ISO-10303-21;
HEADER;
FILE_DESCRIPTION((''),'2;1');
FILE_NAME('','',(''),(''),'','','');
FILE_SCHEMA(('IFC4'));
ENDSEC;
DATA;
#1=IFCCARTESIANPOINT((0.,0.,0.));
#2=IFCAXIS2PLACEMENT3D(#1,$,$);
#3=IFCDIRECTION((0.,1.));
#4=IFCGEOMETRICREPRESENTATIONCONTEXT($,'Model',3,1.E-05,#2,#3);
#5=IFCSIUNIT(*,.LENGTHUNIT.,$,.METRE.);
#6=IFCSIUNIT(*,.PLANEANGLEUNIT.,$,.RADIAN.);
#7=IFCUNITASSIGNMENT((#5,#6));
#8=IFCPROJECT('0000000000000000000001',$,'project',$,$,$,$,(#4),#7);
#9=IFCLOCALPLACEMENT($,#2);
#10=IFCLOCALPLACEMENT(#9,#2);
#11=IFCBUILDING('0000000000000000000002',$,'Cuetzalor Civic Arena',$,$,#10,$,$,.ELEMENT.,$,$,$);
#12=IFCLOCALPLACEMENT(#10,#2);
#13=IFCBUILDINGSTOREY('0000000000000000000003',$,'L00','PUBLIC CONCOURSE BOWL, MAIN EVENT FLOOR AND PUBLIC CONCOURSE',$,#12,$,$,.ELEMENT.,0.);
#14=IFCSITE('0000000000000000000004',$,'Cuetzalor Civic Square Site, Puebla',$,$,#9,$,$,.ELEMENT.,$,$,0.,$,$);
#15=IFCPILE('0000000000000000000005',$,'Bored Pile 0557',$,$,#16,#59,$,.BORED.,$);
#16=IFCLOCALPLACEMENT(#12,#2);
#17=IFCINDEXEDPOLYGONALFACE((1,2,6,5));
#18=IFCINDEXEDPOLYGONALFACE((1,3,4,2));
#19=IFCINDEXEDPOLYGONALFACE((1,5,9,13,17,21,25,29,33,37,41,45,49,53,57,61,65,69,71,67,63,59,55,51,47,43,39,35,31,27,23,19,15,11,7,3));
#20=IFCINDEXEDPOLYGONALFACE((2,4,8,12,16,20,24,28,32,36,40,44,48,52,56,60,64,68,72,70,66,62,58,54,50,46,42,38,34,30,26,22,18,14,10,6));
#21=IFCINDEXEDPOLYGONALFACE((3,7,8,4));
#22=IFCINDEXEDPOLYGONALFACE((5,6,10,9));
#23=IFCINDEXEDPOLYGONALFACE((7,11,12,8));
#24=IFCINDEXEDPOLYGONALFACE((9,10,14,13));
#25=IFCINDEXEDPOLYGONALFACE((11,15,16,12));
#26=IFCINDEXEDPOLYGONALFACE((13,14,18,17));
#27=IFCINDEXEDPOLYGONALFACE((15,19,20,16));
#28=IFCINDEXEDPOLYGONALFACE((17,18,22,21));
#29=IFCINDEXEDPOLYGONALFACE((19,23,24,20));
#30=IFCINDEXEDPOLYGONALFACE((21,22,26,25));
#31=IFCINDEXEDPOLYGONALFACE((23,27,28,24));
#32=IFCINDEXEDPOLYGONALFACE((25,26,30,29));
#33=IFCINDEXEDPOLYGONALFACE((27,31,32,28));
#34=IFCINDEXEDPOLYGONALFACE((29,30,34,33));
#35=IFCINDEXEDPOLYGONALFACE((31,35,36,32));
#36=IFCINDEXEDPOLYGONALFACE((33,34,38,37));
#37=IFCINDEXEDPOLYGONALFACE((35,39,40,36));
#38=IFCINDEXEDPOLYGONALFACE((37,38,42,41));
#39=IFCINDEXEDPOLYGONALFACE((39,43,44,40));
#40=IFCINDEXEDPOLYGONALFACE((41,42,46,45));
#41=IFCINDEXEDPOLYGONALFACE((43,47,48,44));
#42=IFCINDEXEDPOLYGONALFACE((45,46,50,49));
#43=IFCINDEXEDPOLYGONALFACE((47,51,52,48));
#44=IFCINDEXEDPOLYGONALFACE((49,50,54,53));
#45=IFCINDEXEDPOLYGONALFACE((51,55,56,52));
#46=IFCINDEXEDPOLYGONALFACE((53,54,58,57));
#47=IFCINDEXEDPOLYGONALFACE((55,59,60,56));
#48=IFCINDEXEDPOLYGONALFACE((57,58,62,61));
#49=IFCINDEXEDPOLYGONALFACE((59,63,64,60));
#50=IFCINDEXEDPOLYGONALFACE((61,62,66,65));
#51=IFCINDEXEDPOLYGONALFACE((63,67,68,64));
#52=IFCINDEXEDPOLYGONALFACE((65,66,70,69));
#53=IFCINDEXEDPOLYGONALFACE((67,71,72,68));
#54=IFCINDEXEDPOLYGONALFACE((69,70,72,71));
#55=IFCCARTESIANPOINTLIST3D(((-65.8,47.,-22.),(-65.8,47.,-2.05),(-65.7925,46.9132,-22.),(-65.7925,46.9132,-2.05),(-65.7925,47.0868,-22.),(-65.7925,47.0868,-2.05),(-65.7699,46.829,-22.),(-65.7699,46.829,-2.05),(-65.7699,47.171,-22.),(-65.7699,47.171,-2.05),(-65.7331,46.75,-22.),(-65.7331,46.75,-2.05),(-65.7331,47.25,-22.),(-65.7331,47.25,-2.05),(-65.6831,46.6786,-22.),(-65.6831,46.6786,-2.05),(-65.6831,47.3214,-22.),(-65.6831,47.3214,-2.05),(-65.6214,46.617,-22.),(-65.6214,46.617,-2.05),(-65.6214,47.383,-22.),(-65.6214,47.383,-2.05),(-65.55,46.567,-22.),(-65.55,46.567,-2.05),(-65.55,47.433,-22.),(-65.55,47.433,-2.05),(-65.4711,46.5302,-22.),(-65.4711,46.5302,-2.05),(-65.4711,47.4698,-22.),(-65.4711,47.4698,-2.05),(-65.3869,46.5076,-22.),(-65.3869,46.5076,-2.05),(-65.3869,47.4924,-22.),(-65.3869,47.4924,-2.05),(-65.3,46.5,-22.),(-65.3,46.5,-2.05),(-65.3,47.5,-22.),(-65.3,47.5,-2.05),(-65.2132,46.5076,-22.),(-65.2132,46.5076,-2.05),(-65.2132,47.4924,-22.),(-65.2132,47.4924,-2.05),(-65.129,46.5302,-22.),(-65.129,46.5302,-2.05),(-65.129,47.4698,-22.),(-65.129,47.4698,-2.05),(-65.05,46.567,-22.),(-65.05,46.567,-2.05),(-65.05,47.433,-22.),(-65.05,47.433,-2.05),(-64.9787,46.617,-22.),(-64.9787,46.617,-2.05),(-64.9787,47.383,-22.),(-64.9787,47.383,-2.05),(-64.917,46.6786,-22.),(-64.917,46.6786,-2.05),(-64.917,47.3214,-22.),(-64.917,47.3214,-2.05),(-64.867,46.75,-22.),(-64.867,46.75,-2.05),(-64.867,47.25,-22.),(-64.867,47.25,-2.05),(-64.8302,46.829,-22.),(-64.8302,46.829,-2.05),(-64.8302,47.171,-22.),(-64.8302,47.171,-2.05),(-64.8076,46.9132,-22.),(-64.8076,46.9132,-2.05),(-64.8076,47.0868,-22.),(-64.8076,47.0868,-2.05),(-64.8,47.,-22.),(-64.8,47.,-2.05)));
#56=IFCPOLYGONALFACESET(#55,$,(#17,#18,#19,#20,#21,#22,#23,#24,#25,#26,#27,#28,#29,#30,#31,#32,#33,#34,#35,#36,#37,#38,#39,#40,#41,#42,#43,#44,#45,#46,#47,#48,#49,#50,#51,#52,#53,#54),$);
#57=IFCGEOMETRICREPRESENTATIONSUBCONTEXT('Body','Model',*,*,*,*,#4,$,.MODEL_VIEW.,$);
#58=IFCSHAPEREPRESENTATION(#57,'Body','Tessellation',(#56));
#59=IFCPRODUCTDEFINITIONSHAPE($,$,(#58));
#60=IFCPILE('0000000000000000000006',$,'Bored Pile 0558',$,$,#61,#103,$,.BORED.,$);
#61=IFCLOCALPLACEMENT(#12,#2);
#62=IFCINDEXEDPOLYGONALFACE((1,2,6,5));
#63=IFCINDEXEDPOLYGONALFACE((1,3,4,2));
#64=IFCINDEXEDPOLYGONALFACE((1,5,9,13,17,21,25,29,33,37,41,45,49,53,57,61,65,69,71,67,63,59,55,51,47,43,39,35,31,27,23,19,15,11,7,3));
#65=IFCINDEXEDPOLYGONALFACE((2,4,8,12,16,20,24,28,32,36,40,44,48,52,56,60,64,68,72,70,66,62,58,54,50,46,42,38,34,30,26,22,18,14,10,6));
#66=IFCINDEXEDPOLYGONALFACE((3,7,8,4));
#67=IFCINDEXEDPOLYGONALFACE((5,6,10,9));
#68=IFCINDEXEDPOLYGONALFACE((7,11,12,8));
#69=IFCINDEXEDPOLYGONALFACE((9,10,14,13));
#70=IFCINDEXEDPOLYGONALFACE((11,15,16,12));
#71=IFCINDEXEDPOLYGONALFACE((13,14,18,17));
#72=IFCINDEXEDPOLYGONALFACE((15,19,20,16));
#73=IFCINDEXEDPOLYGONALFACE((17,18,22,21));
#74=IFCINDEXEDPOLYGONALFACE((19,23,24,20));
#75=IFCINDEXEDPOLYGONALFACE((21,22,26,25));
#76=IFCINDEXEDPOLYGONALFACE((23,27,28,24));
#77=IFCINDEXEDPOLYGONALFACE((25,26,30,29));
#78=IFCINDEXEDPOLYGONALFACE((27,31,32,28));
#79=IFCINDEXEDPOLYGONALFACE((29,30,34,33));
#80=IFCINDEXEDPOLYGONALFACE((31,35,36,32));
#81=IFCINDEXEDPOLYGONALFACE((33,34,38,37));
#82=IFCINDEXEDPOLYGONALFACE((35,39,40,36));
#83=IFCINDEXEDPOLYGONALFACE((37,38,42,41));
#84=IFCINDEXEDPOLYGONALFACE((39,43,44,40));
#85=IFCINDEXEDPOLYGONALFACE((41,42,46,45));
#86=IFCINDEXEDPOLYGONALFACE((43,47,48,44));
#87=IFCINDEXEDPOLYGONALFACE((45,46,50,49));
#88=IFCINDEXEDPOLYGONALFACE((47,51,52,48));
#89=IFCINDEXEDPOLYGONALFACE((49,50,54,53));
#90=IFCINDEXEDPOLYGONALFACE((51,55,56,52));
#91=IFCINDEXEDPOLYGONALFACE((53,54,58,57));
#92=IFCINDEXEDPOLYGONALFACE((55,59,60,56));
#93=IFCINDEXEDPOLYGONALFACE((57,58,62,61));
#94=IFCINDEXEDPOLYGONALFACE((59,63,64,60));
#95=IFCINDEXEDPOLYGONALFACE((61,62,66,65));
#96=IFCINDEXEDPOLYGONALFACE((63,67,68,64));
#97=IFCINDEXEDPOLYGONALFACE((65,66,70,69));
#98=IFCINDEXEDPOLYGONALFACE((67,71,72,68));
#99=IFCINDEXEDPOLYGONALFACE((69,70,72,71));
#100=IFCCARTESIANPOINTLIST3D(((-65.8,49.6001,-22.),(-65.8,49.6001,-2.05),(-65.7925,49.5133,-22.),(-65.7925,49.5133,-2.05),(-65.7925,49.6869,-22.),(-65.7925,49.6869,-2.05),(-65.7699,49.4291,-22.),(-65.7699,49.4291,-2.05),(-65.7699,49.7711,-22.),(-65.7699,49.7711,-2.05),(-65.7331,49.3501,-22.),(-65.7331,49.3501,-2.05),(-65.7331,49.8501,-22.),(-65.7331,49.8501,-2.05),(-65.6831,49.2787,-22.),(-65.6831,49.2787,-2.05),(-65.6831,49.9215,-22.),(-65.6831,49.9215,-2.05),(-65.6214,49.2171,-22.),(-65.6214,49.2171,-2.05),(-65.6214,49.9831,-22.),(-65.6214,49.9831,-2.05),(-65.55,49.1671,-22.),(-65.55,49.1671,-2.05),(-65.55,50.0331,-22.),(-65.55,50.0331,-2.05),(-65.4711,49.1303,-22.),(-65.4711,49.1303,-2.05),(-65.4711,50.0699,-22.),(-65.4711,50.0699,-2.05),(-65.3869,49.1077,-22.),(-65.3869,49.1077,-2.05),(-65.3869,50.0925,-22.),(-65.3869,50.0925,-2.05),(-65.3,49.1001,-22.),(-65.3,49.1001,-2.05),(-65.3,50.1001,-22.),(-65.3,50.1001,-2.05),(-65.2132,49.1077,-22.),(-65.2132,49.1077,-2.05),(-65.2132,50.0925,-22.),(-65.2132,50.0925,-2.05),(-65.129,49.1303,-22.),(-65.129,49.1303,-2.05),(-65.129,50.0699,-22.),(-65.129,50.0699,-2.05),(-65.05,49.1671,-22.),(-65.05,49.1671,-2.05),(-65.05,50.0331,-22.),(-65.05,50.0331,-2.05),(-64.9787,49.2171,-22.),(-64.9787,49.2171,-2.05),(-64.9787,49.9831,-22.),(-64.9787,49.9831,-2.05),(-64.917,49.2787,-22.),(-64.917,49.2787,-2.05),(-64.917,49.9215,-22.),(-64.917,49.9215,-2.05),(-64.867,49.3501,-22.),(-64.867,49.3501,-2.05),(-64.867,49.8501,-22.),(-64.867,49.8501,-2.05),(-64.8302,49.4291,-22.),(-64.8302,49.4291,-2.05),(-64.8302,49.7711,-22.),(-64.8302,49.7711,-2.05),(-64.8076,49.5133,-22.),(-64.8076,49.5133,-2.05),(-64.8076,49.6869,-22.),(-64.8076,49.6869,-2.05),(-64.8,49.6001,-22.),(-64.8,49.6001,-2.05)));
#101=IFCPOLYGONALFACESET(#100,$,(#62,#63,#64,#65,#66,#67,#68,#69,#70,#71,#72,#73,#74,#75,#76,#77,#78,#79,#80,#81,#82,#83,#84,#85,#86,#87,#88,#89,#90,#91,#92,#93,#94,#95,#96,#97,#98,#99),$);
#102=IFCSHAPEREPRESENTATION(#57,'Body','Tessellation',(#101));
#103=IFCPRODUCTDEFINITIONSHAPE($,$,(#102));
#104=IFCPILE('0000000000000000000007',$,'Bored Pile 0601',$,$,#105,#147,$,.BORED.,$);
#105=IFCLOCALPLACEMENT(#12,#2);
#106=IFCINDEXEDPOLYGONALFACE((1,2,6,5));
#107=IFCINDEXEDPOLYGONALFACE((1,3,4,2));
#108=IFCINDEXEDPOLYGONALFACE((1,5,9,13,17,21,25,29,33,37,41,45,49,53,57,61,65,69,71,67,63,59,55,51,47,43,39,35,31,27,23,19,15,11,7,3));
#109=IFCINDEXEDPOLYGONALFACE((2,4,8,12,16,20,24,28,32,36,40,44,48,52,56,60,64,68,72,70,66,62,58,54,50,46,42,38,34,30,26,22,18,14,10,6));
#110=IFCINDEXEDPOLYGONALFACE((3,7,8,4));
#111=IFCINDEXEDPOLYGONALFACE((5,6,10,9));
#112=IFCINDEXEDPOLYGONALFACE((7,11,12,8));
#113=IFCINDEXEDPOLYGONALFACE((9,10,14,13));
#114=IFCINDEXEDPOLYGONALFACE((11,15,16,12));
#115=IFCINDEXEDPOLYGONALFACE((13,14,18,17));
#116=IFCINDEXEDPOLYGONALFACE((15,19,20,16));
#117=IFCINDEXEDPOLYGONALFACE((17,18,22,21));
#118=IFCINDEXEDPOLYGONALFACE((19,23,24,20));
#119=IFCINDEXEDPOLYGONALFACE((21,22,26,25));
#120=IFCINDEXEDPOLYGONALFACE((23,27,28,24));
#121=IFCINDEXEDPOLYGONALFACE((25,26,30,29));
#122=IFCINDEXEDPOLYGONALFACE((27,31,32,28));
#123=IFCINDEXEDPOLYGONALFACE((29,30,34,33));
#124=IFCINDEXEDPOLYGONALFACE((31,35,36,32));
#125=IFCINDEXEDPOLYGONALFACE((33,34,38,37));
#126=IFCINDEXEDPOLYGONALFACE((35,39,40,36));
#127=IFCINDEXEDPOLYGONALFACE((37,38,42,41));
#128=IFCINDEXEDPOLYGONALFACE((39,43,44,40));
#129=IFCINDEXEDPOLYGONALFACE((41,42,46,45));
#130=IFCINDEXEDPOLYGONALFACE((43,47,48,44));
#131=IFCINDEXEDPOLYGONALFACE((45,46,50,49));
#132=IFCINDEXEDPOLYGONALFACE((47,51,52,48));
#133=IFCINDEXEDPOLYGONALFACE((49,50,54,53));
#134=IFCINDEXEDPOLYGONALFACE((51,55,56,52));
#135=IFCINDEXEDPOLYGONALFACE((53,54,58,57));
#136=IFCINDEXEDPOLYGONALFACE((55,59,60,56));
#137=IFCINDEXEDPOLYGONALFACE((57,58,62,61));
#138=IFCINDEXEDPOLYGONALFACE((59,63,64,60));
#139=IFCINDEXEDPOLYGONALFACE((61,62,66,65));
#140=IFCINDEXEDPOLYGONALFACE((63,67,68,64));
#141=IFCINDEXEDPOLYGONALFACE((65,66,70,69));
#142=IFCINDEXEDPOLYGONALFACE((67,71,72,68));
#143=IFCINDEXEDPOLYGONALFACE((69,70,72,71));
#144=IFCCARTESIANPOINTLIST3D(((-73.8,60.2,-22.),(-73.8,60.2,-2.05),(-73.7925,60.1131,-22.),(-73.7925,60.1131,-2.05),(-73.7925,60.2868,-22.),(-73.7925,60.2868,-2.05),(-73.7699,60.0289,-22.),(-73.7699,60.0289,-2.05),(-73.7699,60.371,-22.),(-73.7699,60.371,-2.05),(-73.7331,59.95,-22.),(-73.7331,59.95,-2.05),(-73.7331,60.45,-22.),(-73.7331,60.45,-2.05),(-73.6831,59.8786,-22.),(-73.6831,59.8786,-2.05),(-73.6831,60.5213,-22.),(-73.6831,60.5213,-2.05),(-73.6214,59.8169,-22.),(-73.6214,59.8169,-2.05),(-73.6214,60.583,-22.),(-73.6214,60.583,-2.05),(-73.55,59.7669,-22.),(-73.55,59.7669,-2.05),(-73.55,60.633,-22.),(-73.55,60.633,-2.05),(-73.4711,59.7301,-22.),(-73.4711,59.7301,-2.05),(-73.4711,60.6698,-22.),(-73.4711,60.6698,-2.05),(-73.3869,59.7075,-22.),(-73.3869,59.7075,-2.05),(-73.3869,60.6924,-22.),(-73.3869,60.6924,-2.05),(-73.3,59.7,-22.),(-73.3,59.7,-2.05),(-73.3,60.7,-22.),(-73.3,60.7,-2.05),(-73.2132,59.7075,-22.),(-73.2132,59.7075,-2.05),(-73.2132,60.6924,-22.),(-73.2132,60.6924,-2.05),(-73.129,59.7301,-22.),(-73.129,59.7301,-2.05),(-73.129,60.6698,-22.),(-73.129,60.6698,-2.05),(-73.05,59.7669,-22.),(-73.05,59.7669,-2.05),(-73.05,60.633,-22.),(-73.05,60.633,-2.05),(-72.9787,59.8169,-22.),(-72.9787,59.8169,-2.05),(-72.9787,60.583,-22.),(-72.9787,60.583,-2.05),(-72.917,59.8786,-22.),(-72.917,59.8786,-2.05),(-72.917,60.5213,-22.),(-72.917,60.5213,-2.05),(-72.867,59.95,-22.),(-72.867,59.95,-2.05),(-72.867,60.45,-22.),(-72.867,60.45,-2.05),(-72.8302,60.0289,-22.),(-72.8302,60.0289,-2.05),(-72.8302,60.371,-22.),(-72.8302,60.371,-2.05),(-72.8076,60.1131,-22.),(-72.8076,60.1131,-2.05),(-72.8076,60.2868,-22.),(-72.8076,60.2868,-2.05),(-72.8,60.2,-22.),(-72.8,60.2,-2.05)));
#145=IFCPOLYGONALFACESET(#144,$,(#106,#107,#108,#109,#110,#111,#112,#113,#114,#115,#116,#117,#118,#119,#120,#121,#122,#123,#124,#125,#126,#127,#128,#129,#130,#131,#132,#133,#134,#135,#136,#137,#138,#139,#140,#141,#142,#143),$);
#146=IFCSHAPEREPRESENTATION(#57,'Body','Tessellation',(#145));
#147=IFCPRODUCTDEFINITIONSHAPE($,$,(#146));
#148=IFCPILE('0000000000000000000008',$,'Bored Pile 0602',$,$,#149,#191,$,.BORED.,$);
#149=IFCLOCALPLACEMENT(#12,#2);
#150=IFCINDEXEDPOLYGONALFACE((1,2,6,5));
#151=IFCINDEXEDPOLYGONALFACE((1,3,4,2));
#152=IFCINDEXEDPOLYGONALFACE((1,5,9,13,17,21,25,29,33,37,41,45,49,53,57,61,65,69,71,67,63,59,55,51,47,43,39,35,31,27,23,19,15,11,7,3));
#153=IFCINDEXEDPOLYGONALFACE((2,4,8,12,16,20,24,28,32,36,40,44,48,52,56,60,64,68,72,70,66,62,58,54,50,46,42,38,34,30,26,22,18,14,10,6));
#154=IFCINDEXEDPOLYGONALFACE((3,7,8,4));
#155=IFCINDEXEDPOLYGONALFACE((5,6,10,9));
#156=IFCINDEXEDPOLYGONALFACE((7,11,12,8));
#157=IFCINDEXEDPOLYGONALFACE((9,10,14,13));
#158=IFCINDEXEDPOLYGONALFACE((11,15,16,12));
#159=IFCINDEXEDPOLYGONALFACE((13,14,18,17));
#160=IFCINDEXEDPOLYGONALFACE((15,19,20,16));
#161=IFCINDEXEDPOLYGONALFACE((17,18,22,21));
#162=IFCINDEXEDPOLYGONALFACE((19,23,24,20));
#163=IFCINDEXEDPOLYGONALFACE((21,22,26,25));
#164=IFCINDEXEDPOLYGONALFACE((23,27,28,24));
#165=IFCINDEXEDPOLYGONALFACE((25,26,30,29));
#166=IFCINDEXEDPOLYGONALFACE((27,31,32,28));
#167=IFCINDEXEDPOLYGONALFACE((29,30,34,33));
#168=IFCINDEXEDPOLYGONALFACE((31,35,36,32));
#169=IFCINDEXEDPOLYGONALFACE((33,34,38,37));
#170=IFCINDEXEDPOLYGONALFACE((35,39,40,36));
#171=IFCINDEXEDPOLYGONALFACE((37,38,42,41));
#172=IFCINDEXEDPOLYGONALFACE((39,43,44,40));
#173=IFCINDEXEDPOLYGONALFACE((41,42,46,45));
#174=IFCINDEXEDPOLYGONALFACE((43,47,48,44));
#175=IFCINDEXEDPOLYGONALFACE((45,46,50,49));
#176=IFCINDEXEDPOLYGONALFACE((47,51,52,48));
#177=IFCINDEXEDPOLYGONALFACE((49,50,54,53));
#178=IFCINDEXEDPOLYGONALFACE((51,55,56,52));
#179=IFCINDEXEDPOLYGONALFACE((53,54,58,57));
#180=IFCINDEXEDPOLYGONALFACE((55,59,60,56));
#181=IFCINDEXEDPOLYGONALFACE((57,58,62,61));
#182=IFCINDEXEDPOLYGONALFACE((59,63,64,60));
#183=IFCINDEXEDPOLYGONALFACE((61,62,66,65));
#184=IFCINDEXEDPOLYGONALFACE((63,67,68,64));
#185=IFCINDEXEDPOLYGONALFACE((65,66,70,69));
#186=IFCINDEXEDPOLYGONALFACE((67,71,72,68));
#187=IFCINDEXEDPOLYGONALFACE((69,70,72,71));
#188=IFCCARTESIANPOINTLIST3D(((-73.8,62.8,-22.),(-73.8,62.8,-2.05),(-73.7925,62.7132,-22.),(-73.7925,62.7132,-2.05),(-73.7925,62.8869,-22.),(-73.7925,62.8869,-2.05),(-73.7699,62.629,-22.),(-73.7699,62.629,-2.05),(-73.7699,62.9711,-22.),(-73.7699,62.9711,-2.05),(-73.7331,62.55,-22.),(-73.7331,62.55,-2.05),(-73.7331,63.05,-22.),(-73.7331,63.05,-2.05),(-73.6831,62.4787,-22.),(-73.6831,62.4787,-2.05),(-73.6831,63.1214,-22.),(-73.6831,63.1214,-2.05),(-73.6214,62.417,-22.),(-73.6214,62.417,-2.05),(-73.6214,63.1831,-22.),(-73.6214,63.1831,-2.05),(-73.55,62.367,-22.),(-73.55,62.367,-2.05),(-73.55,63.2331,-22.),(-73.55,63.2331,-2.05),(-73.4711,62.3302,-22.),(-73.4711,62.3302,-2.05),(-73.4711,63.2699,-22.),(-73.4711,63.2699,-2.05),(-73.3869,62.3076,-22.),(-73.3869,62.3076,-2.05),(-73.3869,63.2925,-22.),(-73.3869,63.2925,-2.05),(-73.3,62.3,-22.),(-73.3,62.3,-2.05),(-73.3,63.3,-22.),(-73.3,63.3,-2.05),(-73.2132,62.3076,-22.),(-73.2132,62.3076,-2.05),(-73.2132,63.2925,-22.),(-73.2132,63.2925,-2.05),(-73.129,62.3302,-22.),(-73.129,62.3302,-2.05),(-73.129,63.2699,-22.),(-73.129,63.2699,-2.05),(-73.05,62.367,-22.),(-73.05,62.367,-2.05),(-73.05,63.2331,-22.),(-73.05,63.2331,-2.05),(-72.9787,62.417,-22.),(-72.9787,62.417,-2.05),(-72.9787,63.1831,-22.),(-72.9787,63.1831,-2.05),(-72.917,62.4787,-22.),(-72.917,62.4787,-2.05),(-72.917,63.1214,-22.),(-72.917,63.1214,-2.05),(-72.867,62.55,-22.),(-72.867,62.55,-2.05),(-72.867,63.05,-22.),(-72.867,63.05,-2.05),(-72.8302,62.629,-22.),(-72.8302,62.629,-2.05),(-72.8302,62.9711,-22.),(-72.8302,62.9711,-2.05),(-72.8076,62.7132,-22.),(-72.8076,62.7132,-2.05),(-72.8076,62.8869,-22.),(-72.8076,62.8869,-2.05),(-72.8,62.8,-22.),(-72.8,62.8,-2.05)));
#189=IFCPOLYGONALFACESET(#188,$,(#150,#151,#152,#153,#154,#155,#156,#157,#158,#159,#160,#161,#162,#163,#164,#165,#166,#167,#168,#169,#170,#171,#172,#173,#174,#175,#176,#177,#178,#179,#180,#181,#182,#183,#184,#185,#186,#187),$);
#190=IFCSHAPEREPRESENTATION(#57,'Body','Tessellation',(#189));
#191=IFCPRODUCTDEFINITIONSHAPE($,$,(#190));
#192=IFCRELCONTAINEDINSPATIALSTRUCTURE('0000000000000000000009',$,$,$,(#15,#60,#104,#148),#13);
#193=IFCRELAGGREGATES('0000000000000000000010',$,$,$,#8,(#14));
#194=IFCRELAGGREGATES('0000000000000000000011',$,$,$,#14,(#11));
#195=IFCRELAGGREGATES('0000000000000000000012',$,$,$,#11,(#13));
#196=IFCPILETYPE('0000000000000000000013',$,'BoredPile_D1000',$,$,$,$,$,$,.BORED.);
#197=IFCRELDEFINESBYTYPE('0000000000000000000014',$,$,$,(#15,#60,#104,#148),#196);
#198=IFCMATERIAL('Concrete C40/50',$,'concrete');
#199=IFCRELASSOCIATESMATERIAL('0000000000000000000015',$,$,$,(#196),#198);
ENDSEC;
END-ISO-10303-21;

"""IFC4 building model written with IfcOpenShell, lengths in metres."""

from ifc_helpers import new_model, si_unit, direction, frame, origin, origin_2d, place, context, subcontext, project, spatial, circle, extrude, material, material_profile, profile_set, type_object, element, save


model = new_model("IFC4")

# Units and contexts
model_context = context("Model", 3, precision=1e-05, world=origin(), true_north=direction((0.0, 1.0)))
body_context = subcontext(model_context, "Body", "Model", "MODEL_VIEW")
ifc_project = project(units=[si_unit("LENGTHUNIT", "METRE"), si_unit("PLANEANGLEUNIT", "RADIAN")], contexts=[model_context])

# Site, building, storey
site_placement = place(None, origin())
site = spatial("IfcSite", under=ifc_project, at=site_placement, Name="Cuetzalor Civic Square Site, Puebla", CompositionType="ELEMENT", RefElevation=0.0)
building_placement = place(site_placement, origin())
building = spatial("IfcBuilding", under=site, at=building_placement, Name="Cuetzalor Civic Arena", CompositionType="ELEMENT")
storey_placement = place(building_placement, origin())
storey = spatial("IfcBuildingStorey", under=building, at=storey_placement, Name="L00", Description="PUBLIC CONCOURSE BOWL, MAIN EVENT FLOOR AND PUBLIC CONCOURSE", CompositionType="ELEMENT", Elevation=0.0)

# Piles
ifc_material_1 = material(Name="Concrete C40/50", Category="concrete")
ifc_material_profile_1 = material_profile(ifc_material_1, circle(Radius=0.5, at=origin_2d()), Name="BORED PILE D1000")
ifc_profile_set_1 = profile_set([ifc_material_profile_1], Name="Concrete C40/50")
pile_type = type_object("IfcPileType", Name="BoredPile_D1000", PredefinedType="BORED", material=ifc_profile_set_1)
for number, where, z_axis, x_axis, name in (
    (1, (-65.3, 47.0, -2.05), (0.0, 0.0, -1.0), (1.0, 0.0, 0.0), "Bored Pile 0557"),
    (2, (-65.3, 49.6001, -2.05), (0.0, 0.0, -1.0), (1.0, 0.0, 0.0), "Bored Pile 0558"),
    (3, (-73.3, 60.2, -2.05), (0.0, 0.0, -1.0), (1.0, 0.0, 0.0), "Bored Pile 0601"),
    (4, (-73.3, 62.8, -2.05), (0.0, 0.0, -1.0), (1.0, 0.0, 0.0), "Bored Pile 0602"),
):
    element("IfcPile", number, at=place(storey_placement, frame(where, z_axis=z_axis, x_axis=x_axis)), inside=storey, type_object=pile_type, Name=name, PredefinedType="BORED", context=body_context, shape_type="SweptSolid", body=[
        extrude(circle(Radius=0.5, at=origin_2d()), origin(), (0.0, 0.0, 1.0), 19.95),
    ])

save(model, "model.ifc")
